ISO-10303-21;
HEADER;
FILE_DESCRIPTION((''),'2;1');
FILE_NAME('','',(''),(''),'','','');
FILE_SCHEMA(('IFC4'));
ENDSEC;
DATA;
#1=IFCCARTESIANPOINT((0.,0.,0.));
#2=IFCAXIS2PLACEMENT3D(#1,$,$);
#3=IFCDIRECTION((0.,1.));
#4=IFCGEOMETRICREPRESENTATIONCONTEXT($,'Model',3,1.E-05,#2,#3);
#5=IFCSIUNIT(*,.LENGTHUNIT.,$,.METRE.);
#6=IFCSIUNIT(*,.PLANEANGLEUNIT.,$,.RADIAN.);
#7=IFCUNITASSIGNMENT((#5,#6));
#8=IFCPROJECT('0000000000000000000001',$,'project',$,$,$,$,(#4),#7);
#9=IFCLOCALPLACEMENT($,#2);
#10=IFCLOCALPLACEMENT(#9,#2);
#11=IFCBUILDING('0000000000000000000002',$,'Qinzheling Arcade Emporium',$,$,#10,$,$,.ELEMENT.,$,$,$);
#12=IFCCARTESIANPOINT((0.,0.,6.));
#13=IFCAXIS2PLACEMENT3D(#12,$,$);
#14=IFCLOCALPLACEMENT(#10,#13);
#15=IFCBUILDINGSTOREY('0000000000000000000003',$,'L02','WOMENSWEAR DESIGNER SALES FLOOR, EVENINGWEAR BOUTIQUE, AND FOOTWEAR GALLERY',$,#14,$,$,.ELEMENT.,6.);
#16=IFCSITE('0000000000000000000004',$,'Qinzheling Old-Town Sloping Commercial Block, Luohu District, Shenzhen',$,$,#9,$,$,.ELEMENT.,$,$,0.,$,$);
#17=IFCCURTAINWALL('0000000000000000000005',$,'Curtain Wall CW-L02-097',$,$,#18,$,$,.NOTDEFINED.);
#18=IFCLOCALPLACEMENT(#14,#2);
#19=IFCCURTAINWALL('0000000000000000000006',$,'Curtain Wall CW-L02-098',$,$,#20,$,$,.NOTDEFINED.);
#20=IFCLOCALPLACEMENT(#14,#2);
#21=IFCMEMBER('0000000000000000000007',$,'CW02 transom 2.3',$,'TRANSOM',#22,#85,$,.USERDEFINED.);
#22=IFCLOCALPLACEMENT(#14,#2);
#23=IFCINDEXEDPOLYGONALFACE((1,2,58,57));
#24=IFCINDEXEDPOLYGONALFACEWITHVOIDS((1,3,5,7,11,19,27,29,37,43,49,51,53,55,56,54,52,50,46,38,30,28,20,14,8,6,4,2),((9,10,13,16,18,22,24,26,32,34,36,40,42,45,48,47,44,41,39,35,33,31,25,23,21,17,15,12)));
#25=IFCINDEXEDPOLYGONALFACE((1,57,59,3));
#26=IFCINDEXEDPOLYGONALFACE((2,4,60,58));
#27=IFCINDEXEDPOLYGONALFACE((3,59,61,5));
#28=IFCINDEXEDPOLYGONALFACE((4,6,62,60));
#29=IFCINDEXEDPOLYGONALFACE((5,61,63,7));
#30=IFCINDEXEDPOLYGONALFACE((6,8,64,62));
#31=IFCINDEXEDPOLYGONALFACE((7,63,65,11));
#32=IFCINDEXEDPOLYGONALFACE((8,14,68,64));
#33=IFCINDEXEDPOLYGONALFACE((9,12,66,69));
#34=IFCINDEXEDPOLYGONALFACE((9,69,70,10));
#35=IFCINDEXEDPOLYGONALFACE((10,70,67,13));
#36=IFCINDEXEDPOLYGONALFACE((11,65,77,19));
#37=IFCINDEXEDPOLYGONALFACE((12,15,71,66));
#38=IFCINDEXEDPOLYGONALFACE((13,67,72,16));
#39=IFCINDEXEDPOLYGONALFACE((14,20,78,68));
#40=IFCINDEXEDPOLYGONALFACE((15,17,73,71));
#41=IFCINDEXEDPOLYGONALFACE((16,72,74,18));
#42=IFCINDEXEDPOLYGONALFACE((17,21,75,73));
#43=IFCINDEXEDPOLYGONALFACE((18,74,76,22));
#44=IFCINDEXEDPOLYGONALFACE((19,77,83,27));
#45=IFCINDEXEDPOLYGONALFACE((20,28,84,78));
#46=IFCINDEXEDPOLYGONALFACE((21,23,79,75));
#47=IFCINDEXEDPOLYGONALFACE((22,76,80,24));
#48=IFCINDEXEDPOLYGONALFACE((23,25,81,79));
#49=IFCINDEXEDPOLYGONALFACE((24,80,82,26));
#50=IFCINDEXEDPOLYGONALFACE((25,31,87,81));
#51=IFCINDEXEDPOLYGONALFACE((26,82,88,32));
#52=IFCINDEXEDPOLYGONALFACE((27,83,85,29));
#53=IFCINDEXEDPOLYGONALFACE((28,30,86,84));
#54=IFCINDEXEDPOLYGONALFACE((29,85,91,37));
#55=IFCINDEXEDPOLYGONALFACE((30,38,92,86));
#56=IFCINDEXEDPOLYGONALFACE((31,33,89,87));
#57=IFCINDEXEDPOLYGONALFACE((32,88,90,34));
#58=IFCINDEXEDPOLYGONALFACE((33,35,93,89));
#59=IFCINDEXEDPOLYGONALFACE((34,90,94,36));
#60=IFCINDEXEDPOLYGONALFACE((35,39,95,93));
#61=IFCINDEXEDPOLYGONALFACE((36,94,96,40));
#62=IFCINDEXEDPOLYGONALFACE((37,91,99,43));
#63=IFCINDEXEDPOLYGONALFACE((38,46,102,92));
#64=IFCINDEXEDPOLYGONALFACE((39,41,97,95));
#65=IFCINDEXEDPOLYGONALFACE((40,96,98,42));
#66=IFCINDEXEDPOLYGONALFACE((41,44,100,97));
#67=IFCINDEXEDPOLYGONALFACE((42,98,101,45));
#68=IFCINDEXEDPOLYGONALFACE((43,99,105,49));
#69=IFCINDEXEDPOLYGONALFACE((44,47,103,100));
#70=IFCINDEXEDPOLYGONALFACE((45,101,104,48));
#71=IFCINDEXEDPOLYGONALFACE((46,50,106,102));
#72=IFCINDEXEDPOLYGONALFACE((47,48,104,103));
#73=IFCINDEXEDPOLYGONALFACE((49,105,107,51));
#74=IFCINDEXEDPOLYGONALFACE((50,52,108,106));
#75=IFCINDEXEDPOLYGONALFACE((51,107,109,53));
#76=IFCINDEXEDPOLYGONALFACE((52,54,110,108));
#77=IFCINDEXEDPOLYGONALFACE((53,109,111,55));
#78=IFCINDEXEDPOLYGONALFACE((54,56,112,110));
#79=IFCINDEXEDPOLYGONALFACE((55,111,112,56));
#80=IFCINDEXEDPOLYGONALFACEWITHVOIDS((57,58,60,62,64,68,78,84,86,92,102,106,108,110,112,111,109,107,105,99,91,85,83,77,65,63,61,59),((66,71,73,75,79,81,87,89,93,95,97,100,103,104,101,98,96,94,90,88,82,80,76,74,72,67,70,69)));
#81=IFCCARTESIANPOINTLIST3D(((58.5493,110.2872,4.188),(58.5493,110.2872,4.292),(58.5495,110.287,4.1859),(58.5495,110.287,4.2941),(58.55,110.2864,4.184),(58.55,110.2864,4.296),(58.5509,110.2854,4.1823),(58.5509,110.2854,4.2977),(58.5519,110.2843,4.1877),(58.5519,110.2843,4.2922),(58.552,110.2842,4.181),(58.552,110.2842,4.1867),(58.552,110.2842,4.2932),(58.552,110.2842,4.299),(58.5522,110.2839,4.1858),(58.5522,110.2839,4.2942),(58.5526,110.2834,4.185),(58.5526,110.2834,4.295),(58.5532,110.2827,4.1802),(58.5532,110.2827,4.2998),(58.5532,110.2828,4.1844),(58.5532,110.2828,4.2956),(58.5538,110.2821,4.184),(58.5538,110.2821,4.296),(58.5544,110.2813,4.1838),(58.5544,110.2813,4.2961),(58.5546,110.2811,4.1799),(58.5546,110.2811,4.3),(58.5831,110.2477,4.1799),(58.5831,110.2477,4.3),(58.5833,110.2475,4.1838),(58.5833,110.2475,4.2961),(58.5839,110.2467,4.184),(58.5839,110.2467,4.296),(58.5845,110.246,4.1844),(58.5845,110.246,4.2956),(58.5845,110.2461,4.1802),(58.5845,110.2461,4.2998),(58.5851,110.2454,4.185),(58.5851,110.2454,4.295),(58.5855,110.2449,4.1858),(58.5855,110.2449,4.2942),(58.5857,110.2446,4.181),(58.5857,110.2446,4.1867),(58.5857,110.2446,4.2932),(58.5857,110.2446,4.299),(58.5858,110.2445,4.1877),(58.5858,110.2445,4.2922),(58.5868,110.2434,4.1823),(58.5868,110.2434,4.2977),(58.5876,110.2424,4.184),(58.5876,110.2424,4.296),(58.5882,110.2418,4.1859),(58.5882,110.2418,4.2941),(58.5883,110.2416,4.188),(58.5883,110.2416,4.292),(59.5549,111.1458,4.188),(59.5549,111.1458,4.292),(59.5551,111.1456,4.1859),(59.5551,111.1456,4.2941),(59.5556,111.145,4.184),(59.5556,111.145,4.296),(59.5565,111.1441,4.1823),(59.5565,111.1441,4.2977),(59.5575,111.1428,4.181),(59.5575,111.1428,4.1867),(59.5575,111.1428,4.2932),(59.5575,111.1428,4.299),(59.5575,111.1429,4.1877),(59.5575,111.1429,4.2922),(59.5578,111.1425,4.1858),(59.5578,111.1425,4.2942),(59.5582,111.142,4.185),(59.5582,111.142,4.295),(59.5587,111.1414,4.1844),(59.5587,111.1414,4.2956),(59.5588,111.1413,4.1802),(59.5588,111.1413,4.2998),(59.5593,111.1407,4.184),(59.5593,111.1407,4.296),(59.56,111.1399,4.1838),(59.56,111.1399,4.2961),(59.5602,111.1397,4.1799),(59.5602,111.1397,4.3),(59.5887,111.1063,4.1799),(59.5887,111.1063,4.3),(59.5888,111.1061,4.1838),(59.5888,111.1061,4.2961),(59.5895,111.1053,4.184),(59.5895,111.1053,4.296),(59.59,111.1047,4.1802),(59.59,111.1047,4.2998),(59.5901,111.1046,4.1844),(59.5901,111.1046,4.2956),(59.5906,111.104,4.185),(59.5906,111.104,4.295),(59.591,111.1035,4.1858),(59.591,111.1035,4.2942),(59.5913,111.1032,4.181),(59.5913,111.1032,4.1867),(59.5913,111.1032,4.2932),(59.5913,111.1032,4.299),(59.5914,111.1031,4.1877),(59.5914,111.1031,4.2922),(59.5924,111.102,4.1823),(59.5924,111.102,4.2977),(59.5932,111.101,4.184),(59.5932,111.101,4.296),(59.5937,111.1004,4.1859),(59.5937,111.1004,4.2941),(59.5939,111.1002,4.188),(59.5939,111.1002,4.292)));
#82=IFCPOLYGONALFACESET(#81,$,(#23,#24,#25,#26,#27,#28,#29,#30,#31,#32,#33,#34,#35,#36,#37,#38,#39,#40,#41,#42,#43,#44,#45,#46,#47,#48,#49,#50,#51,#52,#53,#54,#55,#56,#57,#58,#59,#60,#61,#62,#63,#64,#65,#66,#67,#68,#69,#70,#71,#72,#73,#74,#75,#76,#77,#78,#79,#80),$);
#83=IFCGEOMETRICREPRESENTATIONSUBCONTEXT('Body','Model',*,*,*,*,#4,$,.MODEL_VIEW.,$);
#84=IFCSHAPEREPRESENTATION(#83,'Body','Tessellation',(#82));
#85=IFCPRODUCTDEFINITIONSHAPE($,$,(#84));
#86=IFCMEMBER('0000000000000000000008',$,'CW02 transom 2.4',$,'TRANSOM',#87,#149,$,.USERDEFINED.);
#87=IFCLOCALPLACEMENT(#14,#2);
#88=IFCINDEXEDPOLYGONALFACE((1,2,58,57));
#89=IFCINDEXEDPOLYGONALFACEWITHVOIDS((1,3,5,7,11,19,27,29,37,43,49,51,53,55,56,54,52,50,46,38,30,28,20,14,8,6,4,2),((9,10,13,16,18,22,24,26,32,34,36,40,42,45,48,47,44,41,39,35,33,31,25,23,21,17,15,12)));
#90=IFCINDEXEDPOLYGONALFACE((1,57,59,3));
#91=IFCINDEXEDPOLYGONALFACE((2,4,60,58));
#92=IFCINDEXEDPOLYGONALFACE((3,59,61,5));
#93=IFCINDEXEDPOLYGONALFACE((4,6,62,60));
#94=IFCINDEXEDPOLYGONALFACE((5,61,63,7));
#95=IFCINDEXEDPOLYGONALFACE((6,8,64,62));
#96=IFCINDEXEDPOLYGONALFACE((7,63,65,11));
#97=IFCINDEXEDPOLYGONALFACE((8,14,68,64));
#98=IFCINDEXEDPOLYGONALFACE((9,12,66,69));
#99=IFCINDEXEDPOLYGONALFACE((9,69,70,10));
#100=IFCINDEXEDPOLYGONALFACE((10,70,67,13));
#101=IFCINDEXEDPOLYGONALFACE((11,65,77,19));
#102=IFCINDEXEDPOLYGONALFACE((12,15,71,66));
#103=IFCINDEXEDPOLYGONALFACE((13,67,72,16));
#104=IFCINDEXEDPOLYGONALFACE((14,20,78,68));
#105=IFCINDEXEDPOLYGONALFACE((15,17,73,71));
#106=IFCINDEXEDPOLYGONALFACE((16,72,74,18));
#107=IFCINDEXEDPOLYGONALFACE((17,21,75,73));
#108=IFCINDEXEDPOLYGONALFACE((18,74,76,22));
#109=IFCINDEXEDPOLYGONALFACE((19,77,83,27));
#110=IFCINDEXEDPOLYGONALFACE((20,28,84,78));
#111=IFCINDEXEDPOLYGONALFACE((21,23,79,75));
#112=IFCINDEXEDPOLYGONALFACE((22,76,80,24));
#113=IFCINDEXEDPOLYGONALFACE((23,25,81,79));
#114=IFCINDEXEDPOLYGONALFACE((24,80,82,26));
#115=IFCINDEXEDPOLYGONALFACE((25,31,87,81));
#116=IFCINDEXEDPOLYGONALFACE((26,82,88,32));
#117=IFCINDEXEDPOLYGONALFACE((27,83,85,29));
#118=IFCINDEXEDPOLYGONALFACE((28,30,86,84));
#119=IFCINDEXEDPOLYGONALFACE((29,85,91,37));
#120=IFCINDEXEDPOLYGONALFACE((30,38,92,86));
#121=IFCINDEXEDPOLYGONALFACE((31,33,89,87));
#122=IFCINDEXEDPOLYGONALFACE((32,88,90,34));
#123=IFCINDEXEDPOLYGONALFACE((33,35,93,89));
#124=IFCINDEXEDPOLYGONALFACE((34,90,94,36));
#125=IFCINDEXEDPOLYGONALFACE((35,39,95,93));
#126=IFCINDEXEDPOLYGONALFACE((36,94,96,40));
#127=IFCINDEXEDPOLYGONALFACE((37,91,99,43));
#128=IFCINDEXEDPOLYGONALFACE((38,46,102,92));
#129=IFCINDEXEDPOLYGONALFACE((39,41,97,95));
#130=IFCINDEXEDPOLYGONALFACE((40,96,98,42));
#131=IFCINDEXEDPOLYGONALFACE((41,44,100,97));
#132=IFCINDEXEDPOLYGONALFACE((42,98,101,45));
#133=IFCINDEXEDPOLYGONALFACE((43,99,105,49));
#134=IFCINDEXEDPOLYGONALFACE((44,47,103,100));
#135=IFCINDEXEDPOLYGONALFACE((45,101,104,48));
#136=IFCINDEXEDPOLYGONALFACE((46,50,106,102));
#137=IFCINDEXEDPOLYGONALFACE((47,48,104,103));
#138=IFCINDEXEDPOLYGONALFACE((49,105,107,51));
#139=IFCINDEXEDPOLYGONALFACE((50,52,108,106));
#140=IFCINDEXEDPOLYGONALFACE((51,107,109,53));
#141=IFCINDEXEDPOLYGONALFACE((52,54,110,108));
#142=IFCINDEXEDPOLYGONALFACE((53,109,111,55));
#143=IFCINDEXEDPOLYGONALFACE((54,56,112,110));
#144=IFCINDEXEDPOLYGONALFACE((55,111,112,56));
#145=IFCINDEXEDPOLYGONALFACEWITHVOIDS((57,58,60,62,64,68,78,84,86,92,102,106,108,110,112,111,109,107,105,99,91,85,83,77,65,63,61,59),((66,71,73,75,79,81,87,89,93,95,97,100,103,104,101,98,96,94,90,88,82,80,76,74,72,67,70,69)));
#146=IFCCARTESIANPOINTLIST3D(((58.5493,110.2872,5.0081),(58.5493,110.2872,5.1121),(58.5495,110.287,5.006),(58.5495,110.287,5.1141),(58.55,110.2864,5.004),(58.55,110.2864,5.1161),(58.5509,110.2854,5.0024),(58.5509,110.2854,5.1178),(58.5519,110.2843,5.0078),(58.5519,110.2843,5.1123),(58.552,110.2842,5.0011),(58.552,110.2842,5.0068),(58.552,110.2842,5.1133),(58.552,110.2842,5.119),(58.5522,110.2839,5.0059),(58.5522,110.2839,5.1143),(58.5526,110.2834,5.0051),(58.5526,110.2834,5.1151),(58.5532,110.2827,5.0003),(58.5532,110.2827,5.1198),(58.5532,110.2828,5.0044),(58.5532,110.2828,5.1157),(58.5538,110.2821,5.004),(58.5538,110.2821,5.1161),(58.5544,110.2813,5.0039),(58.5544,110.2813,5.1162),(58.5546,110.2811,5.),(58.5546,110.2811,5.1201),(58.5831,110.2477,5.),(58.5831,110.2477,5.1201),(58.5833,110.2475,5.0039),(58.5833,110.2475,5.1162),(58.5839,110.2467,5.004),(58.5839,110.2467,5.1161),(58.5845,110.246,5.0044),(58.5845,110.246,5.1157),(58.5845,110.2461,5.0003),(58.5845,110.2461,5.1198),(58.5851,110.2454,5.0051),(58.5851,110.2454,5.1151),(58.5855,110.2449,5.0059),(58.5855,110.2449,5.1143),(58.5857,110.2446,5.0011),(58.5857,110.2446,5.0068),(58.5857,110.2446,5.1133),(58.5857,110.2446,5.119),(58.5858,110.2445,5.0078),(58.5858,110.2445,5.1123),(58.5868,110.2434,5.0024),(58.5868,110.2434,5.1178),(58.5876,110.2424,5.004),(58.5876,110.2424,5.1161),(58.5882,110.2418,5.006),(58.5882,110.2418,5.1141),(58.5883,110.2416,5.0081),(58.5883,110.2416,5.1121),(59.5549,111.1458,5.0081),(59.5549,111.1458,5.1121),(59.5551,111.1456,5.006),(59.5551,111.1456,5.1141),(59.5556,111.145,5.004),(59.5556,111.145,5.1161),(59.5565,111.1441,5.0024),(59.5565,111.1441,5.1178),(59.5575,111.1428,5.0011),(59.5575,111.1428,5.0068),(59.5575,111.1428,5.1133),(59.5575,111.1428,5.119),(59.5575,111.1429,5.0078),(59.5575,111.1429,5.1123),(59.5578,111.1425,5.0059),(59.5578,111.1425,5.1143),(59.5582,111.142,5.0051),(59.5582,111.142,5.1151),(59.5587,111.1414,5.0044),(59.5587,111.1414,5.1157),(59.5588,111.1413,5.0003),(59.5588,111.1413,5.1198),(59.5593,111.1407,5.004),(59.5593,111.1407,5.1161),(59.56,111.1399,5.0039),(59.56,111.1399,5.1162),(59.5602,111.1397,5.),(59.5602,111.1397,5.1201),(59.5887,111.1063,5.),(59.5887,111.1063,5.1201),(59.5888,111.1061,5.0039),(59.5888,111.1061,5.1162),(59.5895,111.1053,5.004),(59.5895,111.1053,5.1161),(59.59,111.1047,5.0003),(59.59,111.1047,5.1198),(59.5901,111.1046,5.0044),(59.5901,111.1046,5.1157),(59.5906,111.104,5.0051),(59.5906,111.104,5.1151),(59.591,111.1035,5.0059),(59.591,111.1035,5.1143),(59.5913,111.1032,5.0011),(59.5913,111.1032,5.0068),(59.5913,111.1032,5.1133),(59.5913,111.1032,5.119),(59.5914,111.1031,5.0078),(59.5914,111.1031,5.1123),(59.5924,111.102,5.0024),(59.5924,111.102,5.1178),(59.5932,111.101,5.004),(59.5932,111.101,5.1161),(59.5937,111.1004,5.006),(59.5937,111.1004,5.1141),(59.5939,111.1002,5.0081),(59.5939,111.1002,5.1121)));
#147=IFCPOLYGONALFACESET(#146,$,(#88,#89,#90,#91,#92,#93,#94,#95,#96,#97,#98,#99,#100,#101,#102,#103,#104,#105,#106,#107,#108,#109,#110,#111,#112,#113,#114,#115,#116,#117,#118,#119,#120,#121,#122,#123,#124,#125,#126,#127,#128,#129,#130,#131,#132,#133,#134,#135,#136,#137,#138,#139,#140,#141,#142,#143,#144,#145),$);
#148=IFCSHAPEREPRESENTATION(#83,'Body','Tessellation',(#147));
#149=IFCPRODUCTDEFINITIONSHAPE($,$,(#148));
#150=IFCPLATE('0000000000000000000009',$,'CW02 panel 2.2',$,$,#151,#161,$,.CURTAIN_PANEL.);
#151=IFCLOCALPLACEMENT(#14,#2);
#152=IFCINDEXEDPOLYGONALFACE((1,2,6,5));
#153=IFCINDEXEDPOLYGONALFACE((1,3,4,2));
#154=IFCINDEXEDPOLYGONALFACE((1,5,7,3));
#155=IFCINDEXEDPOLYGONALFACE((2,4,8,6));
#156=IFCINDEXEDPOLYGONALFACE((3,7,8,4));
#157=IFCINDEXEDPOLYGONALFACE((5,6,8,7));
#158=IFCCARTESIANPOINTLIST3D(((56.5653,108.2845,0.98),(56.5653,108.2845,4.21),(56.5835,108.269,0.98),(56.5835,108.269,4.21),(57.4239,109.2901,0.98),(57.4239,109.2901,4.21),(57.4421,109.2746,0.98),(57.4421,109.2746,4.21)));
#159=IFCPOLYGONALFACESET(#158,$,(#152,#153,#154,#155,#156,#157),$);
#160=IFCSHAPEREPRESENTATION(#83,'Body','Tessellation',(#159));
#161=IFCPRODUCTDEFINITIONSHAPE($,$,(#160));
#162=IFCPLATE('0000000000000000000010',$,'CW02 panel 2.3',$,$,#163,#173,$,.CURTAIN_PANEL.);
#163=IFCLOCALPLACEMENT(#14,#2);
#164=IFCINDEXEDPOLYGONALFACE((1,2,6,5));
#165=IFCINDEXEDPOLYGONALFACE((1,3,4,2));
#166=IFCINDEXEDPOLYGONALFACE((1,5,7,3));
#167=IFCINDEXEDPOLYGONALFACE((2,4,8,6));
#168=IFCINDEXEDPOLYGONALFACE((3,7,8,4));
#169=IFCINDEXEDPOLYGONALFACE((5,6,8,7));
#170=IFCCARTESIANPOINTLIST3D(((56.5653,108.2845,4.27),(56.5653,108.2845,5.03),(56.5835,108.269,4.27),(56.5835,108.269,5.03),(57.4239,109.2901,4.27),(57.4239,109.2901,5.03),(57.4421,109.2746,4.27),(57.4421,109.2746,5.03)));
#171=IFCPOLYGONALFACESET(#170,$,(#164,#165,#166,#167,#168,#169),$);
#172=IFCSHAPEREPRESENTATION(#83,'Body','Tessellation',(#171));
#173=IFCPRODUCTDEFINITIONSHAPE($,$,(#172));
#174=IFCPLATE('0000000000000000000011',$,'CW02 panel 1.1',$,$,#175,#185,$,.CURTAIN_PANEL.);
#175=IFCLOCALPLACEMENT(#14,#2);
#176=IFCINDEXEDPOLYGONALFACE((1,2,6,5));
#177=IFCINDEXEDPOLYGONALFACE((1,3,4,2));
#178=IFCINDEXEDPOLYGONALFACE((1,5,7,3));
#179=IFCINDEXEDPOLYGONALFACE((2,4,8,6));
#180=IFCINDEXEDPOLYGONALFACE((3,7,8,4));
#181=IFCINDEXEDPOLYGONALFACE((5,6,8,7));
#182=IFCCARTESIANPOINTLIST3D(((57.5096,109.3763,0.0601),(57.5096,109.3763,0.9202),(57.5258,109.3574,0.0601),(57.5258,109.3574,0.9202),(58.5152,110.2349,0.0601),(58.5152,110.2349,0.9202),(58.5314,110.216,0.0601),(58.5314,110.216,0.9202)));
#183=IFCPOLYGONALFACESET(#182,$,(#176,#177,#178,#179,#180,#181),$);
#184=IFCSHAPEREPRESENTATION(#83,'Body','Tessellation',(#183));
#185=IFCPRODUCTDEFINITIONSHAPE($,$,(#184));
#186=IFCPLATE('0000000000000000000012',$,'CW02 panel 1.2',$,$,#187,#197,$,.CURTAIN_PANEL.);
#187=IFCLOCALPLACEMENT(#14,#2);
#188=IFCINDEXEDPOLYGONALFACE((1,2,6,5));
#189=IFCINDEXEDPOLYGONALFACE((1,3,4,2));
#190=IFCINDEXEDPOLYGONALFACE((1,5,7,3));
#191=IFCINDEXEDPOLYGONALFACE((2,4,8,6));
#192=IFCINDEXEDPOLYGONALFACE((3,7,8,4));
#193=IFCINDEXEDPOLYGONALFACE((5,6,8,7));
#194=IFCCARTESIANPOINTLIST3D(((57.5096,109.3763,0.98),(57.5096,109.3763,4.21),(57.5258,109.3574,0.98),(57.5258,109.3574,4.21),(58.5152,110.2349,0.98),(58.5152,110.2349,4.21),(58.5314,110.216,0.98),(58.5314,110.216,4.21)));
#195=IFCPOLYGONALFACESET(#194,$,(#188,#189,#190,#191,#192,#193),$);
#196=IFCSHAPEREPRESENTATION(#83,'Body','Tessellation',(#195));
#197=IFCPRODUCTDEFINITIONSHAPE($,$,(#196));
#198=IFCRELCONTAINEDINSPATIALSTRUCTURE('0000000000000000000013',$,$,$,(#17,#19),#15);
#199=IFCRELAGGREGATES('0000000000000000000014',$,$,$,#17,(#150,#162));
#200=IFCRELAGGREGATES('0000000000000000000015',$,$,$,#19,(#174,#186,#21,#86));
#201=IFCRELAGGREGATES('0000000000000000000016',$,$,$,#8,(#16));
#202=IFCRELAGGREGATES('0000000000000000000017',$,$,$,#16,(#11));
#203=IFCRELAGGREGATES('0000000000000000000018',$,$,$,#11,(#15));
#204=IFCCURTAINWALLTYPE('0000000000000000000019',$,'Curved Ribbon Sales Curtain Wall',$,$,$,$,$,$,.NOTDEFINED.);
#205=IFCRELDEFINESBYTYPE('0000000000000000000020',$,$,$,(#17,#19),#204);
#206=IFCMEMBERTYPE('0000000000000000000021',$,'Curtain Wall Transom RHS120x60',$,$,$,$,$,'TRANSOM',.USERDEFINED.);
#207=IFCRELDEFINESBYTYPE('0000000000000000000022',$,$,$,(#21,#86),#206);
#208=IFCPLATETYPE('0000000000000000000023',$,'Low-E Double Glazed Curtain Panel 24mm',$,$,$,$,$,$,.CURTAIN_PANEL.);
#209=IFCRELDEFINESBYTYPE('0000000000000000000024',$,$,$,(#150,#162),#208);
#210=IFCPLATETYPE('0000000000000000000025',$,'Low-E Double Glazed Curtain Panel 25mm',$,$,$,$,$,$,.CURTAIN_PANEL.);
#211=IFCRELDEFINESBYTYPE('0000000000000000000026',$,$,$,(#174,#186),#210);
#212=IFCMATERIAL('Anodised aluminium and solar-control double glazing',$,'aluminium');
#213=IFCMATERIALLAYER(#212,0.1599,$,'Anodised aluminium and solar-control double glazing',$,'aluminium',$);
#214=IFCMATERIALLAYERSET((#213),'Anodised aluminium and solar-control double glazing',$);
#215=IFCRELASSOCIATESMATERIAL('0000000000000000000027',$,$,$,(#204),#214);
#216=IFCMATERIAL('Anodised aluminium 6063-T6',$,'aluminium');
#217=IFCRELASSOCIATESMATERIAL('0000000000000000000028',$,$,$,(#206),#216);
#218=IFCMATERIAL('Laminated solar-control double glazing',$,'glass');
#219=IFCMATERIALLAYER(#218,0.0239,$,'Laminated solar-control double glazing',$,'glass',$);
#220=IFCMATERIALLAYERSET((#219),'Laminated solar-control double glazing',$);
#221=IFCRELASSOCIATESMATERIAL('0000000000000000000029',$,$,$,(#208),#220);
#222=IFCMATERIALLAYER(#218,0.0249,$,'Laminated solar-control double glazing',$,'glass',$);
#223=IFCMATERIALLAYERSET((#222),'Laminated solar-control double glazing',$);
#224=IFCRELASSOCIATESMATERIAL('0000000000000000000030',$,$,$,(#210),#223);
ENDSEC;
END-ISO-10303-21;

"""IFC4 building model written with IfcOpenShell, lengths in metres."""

from ifc_helpers import new_model, si_unit, direction, frame, origin, origin_2d, place, context, subcontext, project, spatial, rectangle, hollow_rectangle, extrude, material, layer, layer_set, material_profile, profile_set, type_object, element, aggregate, save


model = new_model("IFC4")

# Units and contexts
model_context = context("Model", 3, precision=1e-05, world=origin(), true_north=direction((0.0, 1.0)))
body_context = subcontext(model_context, "Body", "Model", "MODEL_VIEW")
ifc_project = project(units=[si_unit("LENGTHUNIT", "METRE"), si_unit("PLANEANGLEUNIT", "RADIAN")], contexts=[model_context])

# Site, building, storey
site_placement = place(None, origin())
site = spatial("IfcSite", under=ifc_project, at=site_placement, Name="Qinzheling Old-Town Sloping Commercial Block, Luohu District, Shenzhen", CompositionType="ELEMENT", RefElevation=0.0)
building_placement = place(site_placement, origin())
building = spatial("IfcBuilding", under=site, at=building_placement, Name="Qinzheling Arcade Emporium", CompositionType="ELEMENT")
storey_placement = place(building_placement, frame((0.0, 0.0, 6.0)))
storey = spatial("IfcBuildingStorey", under=building, at=storey_placement, Name="L02", Description="WOMENSWEAR DESIGNER SALES FLOOR, EVENINGWEAR BOUTIQUE, AND FOOTWEAR GALLERY", CompositionType="ELEMENT", Elevation=6.0)

# Curtain wall
ifc_material_1 = material(Name="Anodised aluminium and solar-control double glazing", Category="aluminium")
ifc_layer_1 = layer(ifc_material_1, 0.1599, Name="Anodised aluminium and solar-control double glazing", Category="aluminium")
ifc_layer_set_1 = layer_set([ifc_layer_1], Name="Anodised aluminium and solar-control double glazing")
curtain_wall_type = type_object("IfcCurtainWallType", Name="Curved Ribbon Sales Curtain Wall", PredefinedType="NOTDEFINED", material=ifc_layer_set_1)
curtain_wall_1_placement = place(storey_placement, origin())
curtain_wall_1 = element("IfcCurtainWall", 1, at=curtain_wall_1_placement, inside=storey, type_object=curtain_wall_type, Name="Curtain Wall CW-L02-097", PredefinedType="NOTDEFINED")
ifc_material_2 = material(Name="Anodised aluminium 6063-T6", Category="aluminium")

# Curtain wall, members
curtain_wall_2_placement = place(storey_placement, origin())
curtain_wall_2 = element("IfcCurtainWall", 2, at=curtain_wall_2_placement, inside=storey, type_object=curtain_wall_type, Name="Curtain Wall CW-L02-098", PredefinedType="NOTDEFINED")
ifc_material_profile_1 = material_profile(ifc_material_2, hollow_rectangle(XDim=0.0601, YDim=0.1201, WallThickness=0.0039, InnerFilletRadius=0.0039, OuterFilletRadius=0.0081, at=origin_2d()), Name="RHS 120x60x4", Category="aluminium")
ifc_profile_set_1 = profile_set([ifc_material_profile_1], Name="Anodised aluminium 6063-T6")
member_type_1 = type_object("IfcMemberType", Name="Curtain Wall Transom RHS120x60", ElementType="TRANSOM", PredefinedType="USERDEFINED", material=ifc_profile_set_1)
member_1_placement = place(storey_placement, frame((58.5688, 110.2644, 4.24), z_axis=(0.760493, 0.649346, 0.0), x_axis=(-0.649346, 0.760493, 0.0)))
member_1 = element("IfcMember", 3, at=member_1_placement, type_object=member_type_1, Name="CW02 transom 2.3", ObjectType="TRANSOM", PredefinedType="USERDEFINED", context=body_context, shape_type="SweptSolid", body=[
    extrude(hollow_rectangle(XDim=0.0601, YDim=0.1201, WallThickness=0.0039, InnerFilletRadius=0.0039, OuterFilletRadius=0.0081, at=origin_2d()), origin(), (0.0, 0.0, 1.0), 1.3223),
])
member_2_placement = place(storey_placement, frame((58.5688, 110.2644, 5.0601), z_axis=(0.760493, 0.649346, 0.0), x_axis=(-0.649346, 0.760493, 0.0)))
member_2 = element("IfcMember", 4, at=member_2_placement, type_object=member_type_1, Name="CW02 transom 2.4", ObjectType="TRANSOM", PredefinedType="USERDEFINED", context=body_context, shape_type="SweptSolid", body=[
    extrude(hollow_rectangle(XDim=0.0601, YDim=0.1201, WallThickness=0.0039, InnerFilletRadius=0.0039, OuterFilletRadius=0.0081, at=origin_2d()), origin(), (0.0, 0.0, 1.0), 1.3223),
])

# Plates
ifc_material_3 = material(Name="Laminated solar-control double glazing", Category="glass")
ifc_layer_2 = layer(ifc_material_3, 0.0239, Name="Laminated solar-control double glazing", Category="glass")
ifc_layer_set_2 = layer_set([ifc_layer_2], Name="Laminated solar-control double glazing")
plate_type_1 = type_object("IfcPlateType", Name="Low-E Double Glazed Curtain Panel 24mm", PredefinedType="CURTAIN_PANEL", material=ifc_layer_set_2)
plate_1_placement = place(storey_placement, frame((57.0037, 108.7795, 0.98), z_axis=(0.0, 0.0, 1.0), x_axis=(0.649332, 0.760505, 0.0)))
plate_1 = element("IfcPlate", 5, at=plate_1_placement, type_object=plate_type_1, Name="CW02 panel 2.2", PredefinedType="CURTAIN_PANEL", context=body_context, shape_type="SweptSolid", body=[
    extrude(rectangle(XDim=1.3223, YDim=0.0239, at=origin_2d()), origin(), (0.0, 0.0, 1.0), 3.23),
])
plate_2_placement = place(storey_placement, frame((57.0037, 108.7795, 4.27), z_axis=(0.0, 0.0, 1.0), x_axis=(0.649332, 0.760505, 0.0)))
plate_2 = element("IfcPlate", 6, at=plate_2_placement, type_object=plate_type_1, Name="CW02 panel 2.3", PredefinedType="CURTAIN_PANEL", context=body_context, shape_type="SweptSolid", body=[
    extrude(rectangle(XDim=1.3223, YDim=0.0239, at=origin_2d()), origin(), (0.0, 0.0, 1.0), 0.76),
])
aggregate(curtain_wall_1, [plate_1, plate_2])
ifc_layer_3 = layer(ifc_material_3, 0.0249, Name="Laminated solar-control double glazing", Category="glass")
ifc_layer_set_3 = layer_set([ifc_layer_3], Name="Laminated solar-control double glazing")
plate_type_2 = type_object("IfcPlateType", Name="Low-E Double Glazed Curtain Panel 25mm", PredefinedType="CURTAIN_PANEL", material=ifc_layer_set_3)
plate_3_placement = place(storey_placement, frame((58.0205, 109.7961, 0.0601), z_axis=(0.0, 0.0, 1.0), x_axis=(0.760505, 0.649332, 0.0)))
plate_3 = element("IfcPlate", 7, at=plate_3_placement, type_object=plate_type_2, Name="CW02 panel 1.1", PredefinedType="CURTAIN_PANEL", context=body_context, shape_type="SweptSolid", body=[
    extrude(rectangle(XDim=1.3223, YDim=0.0249, at=origin_2d()), origin(), (0.0, 0.0, 1.0), 0.8601),
])
plate_4_placement = place(storey_placement, frame((58.0205, 109.7961, 0.98), z_axis=(0.0, 0.0, 1.0), x_axis=(0.760505, 0.649332, 0.0)))
plate_4 = element("IfcPlate", 8, at=plate_4_placement, type_object=plate_type_2, Name="CW02 panel 1.2", PredefinedType="CURTAIN_PANEL", context=body_context, shape_type="SweptSolid", body=[
    extrude(rectangle(XDim=1.3223, YDim=0.0249, at=origin_2d()), origin(), (0.0, 0.0, 1.0), 3.23),
])
aggregate(curtain_wall_2, [plate_3, plate_4, member_1, member_2])

save(model, "model.ifc")
